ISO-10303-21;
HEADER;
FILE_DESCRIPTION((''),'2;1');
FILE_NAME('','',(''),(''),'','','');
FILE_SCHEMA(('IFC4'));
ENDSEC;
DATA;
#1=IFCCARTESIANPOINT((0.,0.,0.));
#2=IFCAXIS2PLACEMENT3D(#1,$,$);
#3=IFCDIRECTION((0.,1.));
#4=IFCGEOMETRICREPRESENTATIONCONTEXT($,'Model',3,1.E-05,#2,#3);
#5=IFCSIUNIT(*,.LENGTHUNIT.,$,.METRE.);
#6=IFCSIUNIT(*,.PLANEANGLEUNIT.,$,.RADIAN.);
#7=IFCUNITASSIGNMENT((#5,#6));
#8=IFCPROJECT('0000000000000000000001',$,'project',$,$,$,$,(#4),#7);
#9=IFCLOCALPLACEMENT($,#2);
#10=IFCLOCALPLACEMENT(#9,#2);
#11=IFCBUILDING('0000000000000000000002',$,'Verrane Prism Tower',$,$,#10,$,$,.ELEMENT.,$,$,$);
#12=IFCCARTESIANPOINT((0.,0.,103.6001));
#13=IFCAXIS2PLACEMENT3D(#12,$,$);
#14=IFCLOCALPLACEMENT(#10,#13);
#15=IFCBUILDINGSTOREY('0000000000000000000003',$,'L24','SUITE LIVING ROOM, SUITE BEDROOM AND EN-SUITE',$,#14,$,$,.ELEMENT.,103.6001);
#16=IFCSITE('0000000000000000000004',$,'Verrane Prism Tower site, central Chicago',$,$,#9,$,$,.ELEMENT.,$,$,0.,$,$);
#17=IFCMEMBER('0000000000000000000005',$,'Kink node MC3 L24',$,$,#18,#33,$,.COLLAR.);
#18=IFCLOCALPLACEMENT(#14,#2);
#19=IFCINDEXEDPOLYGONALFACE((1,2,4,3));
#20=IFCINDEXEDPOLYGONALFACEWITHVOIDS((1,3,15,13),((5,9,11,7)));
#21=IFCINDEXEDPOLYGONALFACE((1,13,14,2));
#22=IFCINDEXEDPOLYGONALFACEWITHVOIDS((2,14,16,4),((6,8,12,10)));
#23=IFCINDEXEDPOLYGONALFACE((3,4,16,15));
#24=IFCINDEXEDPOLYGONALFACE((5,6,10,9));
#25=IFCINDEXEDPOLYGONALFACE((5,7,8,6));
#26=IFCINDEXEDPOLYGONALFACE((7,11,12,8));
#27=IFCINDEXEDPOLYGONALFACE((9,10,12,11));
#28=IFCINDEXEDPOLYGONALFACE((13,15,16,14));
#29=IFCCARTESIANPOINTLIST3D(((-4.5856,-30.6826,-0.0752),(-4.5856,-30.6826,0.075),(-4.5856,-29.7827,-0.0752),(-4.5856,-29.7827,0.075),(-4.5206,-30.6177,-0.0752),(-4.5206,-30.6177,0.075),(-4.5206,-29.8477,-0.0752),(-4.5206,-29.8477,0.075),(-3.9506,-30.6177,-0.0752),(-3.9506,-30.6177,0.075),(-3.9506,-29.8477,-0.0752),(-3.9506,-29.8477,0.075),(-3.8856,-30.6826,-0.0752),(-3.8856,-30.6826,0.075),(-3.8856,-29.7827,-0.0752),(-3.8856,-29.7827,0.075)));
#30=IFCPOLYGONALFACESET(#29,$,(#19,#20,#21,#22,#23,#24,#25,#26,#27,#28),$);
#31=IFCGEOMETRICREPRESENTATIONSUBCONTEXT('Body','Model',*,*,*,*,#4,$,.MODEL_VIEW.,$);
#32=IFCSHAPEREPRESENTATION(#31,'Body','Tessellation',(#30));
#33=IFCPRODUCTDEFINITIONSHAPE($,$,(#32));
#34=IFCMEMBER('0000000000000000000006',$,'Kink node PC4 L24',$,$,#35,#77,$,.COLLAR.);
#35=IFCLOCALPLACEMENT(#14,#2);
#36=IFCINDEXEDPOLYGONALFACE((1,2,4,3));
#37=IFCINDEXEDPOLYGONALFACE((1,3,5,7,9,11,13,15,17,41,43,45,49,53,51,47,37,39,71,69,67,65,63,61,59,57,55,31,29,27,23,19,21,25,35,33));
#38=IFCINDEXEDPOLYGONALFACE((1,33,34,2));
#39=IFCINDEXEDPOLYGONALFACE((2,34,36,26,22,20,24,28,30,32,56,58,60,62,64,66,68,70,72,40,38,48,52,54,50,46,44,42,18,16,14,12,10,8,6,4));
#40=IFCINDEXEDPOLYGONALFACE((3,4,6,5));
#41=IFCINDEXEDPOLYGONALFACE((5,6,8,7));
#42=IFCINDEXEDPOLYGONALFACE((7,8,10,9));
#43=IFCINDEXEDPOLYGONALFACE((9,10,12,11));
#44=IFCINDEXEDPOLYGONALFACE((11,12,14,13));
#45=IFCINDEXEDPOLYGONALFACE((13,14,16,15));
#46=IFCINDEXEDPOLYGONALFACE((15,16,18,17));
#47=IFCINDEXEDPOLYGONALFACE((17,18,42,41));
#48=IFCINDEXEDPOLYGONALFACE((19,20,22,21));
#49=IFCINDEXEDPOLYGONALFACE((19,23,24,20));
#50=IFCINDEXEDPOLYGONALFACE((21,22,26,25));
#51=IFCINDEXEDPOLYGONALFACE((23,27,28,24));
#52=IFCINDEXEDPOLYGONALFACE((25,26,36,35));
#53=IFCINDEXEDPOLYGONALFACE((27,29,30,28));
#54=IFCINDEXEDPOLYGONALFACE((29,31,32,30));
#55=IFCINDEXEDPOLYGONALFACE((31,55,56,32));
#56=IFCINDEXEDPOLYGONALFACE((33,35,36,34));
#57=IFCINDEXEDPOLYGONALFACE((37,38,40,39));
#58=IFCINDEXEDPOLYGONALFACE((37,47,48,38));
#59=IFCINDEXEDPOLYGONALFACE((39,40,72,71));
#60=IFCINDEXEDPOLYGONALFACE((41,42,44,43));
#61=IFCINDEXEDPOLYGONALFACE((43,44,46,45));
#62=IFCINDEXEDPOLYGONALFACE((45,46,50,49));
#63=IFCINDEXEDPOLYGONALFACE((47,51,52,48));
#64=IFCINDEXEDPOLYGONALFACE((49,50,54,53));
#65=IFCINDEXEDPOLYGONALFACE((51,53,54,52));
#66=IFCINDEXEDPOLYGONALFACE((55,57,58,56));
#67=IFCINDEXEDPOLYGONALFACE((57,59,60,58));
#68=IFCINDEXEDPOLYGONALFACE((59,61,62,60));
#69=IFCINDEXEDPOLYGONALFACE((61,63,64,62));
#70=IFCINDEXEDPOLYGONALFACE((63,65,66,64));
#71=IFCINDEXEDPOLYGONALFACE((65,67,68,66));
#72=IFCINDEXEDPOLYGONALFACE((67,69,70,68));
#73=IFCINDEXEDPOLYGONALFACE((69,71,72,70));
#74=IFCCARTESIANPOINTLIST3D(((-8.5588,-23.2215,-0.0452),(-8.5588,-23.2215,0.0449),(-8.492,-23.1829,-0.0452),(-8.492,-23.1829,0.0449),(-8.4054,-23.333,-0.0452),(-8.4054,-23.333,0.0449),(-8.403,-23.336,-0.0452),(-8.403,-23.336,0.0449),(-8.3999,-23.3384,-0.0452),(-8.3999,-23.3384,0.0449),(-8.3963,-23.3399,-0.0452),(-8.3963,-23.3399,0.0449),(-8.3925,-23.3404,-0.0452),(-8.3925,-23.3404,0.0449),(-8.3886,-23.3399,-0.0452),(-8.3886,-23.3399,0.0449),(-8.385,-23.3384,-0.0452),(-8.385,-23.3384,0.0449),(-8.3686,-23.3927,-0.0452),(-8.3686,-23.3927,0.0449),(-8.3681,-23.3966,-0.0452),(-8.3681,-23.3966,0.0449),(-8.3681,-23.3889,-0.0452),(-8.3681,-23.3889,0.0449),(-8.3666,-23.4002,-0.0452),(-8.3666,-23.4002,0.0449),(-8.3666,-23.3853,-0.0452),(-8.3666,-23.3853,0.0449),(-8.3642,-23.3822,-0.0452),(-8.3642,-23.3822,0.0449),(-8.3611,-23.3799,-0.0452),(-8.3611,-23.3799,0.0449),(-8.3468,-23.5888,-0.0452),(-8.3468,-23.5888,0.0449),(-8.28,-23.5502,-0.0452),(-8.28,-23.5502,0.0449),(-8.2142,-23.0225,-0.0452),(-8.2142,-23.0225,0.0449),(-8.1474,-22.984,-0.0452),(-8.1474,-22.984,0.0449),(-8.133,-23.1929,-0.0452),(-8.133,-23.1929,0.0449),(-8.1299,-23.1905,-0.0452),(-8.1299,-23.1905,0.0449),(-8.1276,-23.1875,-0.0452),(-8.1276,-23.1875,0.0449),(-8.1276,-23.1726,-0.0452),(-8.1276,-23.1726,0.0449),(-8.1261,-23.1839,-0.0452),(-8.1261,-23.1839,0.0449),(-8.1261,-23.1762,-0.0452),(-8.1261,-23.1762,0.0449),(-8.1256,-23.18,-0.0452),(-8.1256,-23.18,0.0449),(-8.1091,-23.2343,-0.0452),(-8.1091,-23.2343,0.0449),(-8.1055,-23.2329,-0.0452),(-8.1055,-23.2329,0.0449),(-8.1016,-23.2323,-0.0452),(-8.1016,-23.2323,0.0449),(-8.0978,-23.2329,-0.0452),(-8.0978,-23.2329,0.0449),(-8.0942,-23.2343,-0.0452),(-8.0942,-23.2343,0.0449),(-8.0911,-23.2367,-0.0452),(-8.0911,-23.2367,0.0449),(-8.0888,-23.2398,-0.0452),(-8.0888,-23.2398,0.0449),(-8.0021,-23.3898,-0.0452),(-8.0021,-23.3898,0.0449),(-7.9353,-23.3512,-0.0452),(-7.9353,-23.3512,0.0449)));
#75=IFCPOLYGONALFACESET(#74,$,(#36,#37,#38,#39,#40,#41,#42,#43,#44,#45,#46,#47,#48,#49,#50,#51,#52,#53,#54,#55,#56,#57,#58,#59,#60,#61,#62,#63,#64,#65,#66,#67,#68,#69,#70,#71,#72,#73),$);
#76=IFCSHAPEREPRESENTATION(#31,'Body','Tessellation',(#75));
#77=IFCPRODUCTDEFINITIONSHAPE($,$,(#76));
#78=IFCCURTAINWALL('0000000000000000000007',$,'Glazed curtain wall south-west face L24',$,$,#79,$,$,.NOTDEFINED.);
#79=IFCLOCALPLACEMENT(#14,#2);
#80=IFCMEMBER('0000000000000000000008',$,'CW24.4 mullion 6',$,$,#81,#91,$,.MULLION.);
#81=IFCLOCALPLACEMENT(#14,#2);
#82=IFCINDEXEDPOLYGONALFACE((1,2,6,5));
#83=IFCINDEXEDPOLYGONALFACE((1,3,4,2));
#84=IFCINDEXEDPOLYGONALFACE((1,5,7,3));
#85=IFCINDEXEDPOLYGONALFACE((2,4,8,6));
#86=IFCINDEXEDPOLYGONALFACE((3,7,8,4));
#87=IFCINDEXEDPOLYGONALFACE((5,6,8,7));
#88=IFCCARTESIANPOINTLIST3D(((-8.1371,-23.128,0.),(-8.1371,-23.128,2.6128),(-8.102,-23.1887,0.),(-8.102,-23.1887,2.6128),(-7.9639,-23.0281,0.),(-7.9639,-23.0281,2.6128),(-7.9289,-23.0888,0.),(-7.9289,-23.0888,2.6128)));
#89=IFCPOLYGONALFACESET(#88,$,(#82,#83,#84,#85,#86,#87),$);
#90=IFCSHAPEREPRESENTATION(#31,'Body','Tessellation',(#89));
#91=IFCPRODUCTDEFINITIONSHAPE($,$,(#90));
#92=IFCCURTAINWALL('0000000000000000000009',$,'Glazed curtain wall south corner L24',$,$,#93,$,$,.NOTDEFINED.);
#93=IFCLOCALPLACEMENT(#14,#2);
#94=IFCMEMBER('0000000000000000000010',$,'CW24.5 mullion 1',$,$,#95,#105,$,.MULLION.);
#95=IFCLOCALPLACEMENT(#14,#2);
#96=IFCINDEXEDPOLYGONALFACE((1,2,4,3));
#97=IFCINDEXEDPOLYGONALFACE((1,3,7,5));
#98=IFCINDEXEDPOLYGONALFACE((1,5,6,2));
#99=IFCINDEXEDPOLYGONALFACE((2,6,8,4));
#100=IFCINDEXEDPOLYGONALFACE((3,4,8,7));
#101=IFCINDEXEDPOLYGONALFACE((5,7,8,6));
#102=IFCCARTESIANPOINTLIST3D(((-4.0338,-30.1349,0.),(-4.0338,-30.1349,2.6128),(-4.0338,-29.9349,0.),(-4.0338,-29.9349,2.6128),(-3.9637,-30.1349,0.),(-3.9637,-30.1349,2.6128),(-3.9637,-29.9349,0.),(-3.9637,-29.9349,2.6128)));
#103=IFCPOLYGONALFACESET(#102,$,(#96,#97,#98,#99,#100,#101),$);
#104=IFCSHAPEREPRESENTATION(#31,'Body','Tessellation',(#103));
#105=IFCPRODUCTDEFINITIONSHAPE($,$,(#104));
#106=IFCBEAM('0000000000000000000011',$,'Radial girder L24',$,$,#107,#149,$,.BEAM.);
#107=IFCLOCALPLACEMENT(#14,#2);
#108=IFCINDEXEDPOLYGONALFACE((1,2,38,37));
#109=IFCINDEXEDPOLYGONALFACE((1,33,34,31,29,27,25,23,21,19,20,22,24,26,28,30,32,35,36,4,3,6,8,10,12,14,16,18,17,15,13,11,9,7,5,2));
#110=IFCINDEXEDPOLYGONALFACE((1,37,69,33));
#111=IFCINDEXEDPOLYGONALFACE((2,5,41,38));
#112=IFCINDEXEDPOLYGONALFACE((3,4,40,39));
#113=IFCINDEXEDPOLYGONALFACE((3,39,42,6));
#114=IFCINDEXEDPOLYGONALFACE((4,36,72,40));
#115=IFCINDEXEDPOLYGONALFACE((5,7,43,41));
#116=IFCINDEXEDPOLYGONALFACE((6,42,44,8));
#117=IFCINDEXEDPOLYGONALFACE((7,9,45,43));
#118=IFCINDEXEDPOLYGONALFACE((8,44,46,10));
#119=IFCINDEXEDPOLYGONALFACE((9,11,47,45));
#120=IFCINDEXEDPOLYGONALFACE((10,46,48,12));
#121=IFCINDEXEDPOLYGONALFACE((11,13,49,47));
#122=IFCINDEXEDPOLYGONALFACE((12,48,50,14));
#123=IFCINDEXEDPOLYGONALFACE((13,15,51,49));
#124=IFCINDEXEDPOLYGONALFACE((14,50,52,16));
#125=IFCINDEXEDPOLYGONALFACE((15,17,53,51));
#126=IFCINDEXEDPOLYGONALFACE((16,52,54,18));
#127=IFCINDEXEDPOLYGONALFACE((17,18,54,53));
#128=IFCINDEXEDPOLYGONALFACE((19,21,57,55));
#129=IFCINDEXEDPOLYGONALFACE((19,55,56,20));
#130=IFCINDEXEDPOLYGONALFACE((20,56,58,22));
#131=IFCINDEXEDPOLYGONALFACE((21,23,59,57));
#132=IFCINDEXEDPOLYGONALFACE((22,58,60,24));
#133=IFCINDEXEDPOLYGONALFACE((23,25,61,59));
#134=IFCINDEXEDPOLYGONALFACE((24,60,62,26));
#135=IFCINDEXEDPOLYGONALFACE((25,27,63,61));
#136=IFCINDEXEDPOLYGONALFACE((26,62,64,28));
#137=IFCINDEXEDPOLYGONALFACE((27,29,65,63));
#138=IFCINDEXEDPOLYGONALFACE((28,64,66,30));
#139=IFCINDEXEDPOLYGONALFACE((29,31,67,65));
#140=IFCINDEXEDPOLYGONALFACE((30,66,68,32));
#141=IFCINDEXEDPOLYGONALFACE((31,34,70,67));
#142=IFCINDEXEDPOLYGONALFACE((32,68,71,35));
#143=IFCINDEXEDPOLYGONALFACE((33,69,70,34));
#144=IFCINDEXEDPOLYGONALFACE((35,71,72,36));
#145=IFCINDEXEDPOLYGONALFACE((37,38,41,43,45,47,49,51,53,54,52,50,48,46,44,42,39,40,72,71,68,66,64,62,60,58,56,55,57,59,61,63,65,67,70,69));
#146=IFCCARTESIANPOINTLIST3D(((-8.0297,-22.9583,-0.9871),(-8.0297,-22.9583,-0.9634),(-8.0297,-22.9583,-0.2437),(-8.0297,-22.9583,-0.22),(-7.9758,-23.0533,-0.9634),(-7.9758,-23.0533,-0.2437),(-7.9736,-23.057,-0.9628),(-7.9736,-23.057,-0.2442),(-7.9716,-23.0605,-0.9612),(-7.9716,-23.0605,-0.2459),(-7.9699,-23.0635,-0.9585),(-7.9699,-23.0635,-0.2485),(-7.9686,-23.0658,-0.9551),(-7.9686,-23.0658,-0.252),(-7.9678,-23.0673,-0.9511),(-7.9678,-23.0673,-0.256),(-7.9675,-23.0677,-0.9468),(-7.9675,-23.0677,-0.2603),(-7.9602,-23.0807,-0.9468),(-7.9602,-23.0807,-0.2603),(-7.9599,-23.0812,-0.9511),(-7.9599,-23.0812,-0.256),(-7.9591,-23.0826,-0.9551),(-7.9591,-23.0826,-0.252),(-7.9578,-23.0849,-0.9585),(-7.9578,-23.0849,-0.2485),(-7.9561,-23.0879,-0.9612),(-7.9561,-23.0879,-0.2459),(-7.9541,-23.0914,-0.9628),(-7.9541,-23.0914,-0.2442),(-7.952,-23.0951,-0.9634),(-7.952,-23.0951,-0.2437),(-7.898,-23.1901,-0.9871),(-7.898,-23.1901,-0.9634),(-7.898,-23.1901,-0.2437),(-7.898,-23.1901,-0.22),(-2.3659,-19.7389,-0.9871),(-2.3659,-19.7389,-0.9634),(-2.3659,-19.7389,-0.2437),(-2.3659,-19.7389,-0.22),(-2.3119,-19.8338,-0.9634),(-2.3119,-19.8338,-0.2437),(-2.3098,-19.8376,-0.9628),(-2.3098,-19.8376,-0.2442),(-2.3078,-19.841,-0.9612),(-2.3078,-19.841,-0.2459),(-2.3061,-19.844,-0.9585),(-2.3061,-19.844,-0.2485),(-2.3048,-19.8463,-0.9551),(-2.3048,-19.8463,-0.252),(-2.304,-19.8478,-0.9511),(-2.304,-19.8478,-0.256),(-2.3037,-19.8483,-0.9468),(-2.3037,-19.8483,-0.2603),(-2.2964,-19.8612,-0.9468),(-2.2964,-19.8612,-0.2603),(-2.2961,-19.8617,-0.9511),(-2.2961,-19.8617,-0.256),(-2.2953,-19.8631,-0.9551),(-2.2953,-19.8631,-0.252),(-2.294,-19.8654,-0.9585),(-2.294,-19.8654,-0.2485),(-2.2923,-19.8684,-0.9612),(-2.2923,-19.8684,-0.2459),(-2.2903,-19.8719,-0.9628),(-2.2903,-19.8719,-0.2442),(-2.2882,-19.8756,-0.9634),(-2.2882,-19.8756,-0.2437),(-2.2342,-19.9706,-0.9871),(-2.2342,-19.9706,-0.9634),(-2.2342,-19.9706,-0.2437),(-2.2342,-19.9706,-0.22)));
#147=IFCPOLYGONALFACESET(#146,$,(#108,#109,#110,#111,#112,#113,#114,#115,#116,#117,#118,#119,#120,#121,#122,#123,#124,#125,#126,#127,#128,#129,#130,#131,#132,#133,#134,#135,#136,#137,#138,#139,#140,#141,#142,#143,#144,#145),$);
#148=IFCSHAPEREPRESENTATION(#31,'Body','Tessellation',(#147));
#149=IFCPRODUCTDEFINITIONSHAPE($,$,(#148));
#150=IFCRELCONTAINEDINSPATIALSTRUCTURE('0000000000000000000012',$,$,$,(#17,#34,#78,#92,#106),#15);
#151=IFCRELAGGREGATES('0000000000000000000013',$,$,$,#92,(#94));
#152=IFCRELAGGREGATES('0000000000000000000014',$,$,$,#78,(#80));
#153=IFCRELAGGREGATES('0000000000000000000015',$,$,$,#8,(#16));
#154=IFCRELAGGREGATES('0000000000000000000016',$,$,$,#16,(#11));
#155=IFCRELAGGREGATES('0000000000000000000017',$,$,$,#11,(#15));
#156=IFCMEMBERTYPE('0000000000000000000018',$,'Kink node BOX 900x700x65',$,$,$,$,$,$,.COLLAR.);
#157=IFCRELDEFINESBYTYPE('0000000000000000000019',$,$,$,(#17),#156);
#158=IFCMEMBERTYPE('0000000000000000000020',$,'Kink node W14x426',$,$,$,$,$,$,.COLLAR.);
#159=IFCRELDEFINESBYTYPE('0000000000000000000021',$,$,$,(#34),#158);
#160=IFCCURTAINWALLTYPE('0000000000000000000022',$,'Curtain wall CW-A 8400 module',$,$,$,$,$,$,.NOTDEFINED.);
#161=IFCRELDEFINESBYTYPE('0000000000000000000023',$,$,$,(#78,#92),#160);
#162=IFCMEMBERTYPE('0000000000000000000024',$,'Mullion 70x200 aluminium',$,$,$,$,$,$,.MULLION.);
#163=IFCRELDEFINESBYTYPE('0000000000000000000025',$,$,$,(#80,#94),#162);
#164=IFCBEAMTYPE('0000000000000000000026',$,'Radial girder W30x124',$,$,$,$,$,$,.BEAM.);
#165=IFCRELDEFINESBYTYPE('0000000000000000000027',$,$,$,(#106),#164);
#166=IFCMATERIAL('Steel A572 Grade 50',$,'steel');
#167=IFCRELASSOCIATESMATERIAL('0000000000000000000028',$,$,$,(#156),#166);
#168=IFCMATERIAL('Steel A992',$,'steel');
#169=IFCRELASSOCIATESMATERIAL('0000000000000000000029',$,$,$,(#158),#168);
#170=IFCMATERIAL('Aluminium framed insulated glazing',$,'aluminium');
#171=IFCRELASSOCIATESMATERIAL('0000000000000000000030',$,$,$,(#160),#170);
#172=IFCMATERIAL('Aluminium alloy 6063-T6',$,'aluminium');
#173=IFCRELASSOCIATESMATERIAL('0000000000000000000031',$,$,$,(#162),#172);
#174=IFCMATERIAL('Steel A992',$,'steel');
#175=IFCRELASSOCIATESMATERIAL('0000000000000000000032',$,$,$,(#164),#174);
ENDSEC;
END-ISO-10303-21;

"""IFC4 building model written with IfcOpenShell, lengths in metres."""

from ifc_helpers import new_model, si_unit, direction, frame, origin, origin_2d, place, context, subcontext, project, spatial, rectangle, hollow_rectangle, i_section, extrude, material, material_profile, profile_set, type_object, element, aggregate, save


model = new_model("IFC4")

# Units and contexts
model_context = context("Model", 3, precision=1e-05, world=origin(), true_north=direction((0.0, 1.0)))
body_context = subcontext(model_context, "Body", "Model", "MODEL_VIEW")
ifc_project = project(units=[si_unit("LENGTHUNIT", "METRE"), si_unit("PLANEANGLEUNIT", "RADIAN")], contexts=[model_context])

# Site, building, storey
site_placement = place(None, origin())
site = spatial("IfcSite", under=ifc_project, at=site_placement, Name="Verrane Prism Tower site, central Chicago", CompositionType="ELEMENT", RefElevation=0.0)
building_placement = place(site_placement, origin())
building = spatial("IfcBuilding", under=site, at=building_placement, Name="Verrane Prism Tower", CompositionType="ELEMENT")
storey_placement = place(building_placement, frame((0.0, 0.0, 103.6001)))
storey = spatial("IfcBuildingStorey", under=building, at=storey_placement, Name="L24", Description="SUITE LIVING ROOM, SUITE BEDROOM AND EN-SUITE", CompositionType="ELEMENT", Elevation=103.6001)

# Members
ifc_material_1 = material(Name="Steel A572 Grade 50", Category="steel")
ifc_material_profile_1 = material_profile(ifc_material_1, hollow_rectangle(XDim=0.7, YDim=0.8999, WallThickness=0.0649, at=origin_2d()), Name="BOX 900x700x65")
ifc_profile_set_1 = profile_set([ifc_material_profile_1], Name="Steel A572 Grade 50")
member_type_1 = type_object("IfcMemberType", Name="Kink node BOX 900x700x65", PredefinedType="COLLAR", material=ifc_profile_set_1)
member_1_placement = place(storey_placement, frame((-4.2356, -30.2327, -0.0752), z_axis=(0.0, 0.0, 1.0), x_axis=(-1.0, 0.0, 0.0)))
element("IfcMember", 1, at=member_1_placement, inside=storey, type_object=member_type_1, Name="Kink node MC3 L24", PredefinedType="COLLAR", context=body_context, shape_type="SweptSolid", body=[
    extrude(hollow_rectangle(XDim=0.7, YDim=0.8999, WallThickness=0.0649, at=origin_2d()), origin(), (0.0, 0.0, 1.0), 0.1501),
])
ifc_material_2 = material(Name="Steel A992", Category="steel")
ifc_material_profile_2 = material_profile(ifc_material_2, i_section(OverallWidth=0.4241, OverallDepth=0.4751, WebThickness=0.0479, FlangeThickness=0.0771, FilletRadius=0.0149, at=origin_2d()), Name="W14x426")
ifc_profile_set_2 = profile_set([ifc_material_profile_2], Name="Steel A992")
member_type_2 = type_object("IfcMemberType", Name="Kink node W14x426", PredefinedType="COLLAR", material=ifc_profile_set_2)
member_2_placement = place(storey_placement, frame((-8.2471, -23.2864, -0.0452), z_axis=(0.0, 0.0, 1.0), x_axis=(-0.5, 0.866025, 0.0)))
element("IfcMember", 2, at=member_2_placement, inside=storey, type_object=member_type_2, Name="Kink node PC4 L24", PredefinedType="COLLAR", context=body_context, shape_type="SweptSolid", body=[
    extrude(i_section(OverallWidth=0.4241, OverallDepth=0.4751, WebThickness=0.0479, FlangeThickness=0.0771, FilletRadius=0.0149, at=origin_2d()), origin(), (0.0, 0.0, 1.0), 0.0901),
])

# Curtain walls, members
ifc_material_3 = material(Name="Aluminium framed insulated glazing", Category="aluminium")
curtain_wall_type = type_object("IfcCurtainWallType", Name="Curtain wall CW-A 8400 module", PredefinedType="NOTDEFINED", material=ifc_material_3)
curtain_wall_1_placement = place(storey_placement, origin())
curtain_wall_1 = element("IfcCurtainWall", 3, at=curtain_wall_1_placement, inside=storey, type_object=curtain_wall_type, Name="Glazed curtain wall south-west face L24", PredefinedType="NOTDEFINED")
ifc_material_4 = material(Name="Aluminium alloy 6063-T6", Category="aluminium")
ifc_material_profile_3 = material_profile(ifc_material_4, rectangle(XDim=0.2, YDim=0.0701, at=origin_2d()), Name="Mullion 70x200 aluminium")
ifc_profile_set_3 = profile_set([ifc_material_profile_3], Name="Aluminium alloy 6063-T6")
member_type_3 = type_object("IfcMemberType", Name="Mullion 70x200 aluminium", PredefinedType="MULLION", material=ifc_profile_set_3)
member_3_placement = place(storey_placement, frame((-8.033, -23.1084, 0.0), z_axis=(0.0, 0.0, 1.0), x_axis=(0.866025, 0.5, 0.0)))
member_3 = element("IfcMember", 4, at=member_3_placement, type_object=member_type_3, Name="CW24.4 mullion 6", PredefinedType="MULLION", context=body_context, shape_type="SweptSolid", body=[
    extrude(rectangle(XDim=0.2, YDim=0.0701, at=origin_2d()), origin(), (0.0, 0.0, 1.0), 2.6128),
])
curtain_wall_2_placement = place(storey_placement, origin())
curtain_wall_2 = element("IfcCurtainWall", 5, at=curtain_wall_2_placement, inside=storey, type_object=curtain_wall_type, Name="Glazed curtain wall south corner L24", PredefinedType="NOTDEFINED")
member_4_placement = place(storey_placement, frame((-3.9988, -30.0349, 0.0), z_axis=(0.0, 0.0, 1.0), x_axis=(0.0, 1.0, 0.0)))
member_4 = element("IfcMember", 6, at=member_4_placement, type_object=member_type_3, Name="CW24.5 mullion 1", PredefinedType="MULLION", context=body_context, shape_type="SweptSolid", body=[
    extrude(rectangle(XDim=0.2, YDim=0.0701, at=origin_2d()), origin(), (0.0, 0.0, 1.0), 2.6128),
])

# Beam
ifc_material_5 = material(Name="Steel A992", Category="steel")
ifc_material_profile_4 = material_profile(ifc_material_5, i_section(OverallWidth=0.2666, OverallDepth=0.7671, WebThickness=0.0149, FlangeThickness=0.0237, FilletRadius=0.0166, at=origin_2d()), Name="W30x124")
ifc_profile_set_4 = profile_set([ifc_material_profile_4], Name="Steel A992")
beam_type_1 = type_object("IfcBeamType", Name="Radial girder W30x124", PredefinedType="BEAM", material=ifc_profile_set_4)
beam_1_placement = place(storey_placement, frame((-7.9639, -23.0742, -0.6035), z_axis=(0.869364, 0.494172, 0.0), x_axis=(-0.494172, 0.869364, 0.0)))
element("IfcBeam", 7, at=beam_1_placement, inside=storey, type_object=beam_type_1, Name="Radial girder L24", PredefinedType="BEAM", context=body_context, shape_type="SweptSolid", body=[
    extrude(i_section(OverallWidth=0.2666, OverallDepth=0.7671, WebThickness=0.0149, FlangeThickness=0.0237, FilletRadius=0.0166, at=origin_2d()), origin(), (0.0, 0.0, 1.0), 6.5149),
])

aggregate(curtain_wall_2, [member_4])

aggregate(curtain_wall_1, [member_3])

save(model, "model.ifc")
